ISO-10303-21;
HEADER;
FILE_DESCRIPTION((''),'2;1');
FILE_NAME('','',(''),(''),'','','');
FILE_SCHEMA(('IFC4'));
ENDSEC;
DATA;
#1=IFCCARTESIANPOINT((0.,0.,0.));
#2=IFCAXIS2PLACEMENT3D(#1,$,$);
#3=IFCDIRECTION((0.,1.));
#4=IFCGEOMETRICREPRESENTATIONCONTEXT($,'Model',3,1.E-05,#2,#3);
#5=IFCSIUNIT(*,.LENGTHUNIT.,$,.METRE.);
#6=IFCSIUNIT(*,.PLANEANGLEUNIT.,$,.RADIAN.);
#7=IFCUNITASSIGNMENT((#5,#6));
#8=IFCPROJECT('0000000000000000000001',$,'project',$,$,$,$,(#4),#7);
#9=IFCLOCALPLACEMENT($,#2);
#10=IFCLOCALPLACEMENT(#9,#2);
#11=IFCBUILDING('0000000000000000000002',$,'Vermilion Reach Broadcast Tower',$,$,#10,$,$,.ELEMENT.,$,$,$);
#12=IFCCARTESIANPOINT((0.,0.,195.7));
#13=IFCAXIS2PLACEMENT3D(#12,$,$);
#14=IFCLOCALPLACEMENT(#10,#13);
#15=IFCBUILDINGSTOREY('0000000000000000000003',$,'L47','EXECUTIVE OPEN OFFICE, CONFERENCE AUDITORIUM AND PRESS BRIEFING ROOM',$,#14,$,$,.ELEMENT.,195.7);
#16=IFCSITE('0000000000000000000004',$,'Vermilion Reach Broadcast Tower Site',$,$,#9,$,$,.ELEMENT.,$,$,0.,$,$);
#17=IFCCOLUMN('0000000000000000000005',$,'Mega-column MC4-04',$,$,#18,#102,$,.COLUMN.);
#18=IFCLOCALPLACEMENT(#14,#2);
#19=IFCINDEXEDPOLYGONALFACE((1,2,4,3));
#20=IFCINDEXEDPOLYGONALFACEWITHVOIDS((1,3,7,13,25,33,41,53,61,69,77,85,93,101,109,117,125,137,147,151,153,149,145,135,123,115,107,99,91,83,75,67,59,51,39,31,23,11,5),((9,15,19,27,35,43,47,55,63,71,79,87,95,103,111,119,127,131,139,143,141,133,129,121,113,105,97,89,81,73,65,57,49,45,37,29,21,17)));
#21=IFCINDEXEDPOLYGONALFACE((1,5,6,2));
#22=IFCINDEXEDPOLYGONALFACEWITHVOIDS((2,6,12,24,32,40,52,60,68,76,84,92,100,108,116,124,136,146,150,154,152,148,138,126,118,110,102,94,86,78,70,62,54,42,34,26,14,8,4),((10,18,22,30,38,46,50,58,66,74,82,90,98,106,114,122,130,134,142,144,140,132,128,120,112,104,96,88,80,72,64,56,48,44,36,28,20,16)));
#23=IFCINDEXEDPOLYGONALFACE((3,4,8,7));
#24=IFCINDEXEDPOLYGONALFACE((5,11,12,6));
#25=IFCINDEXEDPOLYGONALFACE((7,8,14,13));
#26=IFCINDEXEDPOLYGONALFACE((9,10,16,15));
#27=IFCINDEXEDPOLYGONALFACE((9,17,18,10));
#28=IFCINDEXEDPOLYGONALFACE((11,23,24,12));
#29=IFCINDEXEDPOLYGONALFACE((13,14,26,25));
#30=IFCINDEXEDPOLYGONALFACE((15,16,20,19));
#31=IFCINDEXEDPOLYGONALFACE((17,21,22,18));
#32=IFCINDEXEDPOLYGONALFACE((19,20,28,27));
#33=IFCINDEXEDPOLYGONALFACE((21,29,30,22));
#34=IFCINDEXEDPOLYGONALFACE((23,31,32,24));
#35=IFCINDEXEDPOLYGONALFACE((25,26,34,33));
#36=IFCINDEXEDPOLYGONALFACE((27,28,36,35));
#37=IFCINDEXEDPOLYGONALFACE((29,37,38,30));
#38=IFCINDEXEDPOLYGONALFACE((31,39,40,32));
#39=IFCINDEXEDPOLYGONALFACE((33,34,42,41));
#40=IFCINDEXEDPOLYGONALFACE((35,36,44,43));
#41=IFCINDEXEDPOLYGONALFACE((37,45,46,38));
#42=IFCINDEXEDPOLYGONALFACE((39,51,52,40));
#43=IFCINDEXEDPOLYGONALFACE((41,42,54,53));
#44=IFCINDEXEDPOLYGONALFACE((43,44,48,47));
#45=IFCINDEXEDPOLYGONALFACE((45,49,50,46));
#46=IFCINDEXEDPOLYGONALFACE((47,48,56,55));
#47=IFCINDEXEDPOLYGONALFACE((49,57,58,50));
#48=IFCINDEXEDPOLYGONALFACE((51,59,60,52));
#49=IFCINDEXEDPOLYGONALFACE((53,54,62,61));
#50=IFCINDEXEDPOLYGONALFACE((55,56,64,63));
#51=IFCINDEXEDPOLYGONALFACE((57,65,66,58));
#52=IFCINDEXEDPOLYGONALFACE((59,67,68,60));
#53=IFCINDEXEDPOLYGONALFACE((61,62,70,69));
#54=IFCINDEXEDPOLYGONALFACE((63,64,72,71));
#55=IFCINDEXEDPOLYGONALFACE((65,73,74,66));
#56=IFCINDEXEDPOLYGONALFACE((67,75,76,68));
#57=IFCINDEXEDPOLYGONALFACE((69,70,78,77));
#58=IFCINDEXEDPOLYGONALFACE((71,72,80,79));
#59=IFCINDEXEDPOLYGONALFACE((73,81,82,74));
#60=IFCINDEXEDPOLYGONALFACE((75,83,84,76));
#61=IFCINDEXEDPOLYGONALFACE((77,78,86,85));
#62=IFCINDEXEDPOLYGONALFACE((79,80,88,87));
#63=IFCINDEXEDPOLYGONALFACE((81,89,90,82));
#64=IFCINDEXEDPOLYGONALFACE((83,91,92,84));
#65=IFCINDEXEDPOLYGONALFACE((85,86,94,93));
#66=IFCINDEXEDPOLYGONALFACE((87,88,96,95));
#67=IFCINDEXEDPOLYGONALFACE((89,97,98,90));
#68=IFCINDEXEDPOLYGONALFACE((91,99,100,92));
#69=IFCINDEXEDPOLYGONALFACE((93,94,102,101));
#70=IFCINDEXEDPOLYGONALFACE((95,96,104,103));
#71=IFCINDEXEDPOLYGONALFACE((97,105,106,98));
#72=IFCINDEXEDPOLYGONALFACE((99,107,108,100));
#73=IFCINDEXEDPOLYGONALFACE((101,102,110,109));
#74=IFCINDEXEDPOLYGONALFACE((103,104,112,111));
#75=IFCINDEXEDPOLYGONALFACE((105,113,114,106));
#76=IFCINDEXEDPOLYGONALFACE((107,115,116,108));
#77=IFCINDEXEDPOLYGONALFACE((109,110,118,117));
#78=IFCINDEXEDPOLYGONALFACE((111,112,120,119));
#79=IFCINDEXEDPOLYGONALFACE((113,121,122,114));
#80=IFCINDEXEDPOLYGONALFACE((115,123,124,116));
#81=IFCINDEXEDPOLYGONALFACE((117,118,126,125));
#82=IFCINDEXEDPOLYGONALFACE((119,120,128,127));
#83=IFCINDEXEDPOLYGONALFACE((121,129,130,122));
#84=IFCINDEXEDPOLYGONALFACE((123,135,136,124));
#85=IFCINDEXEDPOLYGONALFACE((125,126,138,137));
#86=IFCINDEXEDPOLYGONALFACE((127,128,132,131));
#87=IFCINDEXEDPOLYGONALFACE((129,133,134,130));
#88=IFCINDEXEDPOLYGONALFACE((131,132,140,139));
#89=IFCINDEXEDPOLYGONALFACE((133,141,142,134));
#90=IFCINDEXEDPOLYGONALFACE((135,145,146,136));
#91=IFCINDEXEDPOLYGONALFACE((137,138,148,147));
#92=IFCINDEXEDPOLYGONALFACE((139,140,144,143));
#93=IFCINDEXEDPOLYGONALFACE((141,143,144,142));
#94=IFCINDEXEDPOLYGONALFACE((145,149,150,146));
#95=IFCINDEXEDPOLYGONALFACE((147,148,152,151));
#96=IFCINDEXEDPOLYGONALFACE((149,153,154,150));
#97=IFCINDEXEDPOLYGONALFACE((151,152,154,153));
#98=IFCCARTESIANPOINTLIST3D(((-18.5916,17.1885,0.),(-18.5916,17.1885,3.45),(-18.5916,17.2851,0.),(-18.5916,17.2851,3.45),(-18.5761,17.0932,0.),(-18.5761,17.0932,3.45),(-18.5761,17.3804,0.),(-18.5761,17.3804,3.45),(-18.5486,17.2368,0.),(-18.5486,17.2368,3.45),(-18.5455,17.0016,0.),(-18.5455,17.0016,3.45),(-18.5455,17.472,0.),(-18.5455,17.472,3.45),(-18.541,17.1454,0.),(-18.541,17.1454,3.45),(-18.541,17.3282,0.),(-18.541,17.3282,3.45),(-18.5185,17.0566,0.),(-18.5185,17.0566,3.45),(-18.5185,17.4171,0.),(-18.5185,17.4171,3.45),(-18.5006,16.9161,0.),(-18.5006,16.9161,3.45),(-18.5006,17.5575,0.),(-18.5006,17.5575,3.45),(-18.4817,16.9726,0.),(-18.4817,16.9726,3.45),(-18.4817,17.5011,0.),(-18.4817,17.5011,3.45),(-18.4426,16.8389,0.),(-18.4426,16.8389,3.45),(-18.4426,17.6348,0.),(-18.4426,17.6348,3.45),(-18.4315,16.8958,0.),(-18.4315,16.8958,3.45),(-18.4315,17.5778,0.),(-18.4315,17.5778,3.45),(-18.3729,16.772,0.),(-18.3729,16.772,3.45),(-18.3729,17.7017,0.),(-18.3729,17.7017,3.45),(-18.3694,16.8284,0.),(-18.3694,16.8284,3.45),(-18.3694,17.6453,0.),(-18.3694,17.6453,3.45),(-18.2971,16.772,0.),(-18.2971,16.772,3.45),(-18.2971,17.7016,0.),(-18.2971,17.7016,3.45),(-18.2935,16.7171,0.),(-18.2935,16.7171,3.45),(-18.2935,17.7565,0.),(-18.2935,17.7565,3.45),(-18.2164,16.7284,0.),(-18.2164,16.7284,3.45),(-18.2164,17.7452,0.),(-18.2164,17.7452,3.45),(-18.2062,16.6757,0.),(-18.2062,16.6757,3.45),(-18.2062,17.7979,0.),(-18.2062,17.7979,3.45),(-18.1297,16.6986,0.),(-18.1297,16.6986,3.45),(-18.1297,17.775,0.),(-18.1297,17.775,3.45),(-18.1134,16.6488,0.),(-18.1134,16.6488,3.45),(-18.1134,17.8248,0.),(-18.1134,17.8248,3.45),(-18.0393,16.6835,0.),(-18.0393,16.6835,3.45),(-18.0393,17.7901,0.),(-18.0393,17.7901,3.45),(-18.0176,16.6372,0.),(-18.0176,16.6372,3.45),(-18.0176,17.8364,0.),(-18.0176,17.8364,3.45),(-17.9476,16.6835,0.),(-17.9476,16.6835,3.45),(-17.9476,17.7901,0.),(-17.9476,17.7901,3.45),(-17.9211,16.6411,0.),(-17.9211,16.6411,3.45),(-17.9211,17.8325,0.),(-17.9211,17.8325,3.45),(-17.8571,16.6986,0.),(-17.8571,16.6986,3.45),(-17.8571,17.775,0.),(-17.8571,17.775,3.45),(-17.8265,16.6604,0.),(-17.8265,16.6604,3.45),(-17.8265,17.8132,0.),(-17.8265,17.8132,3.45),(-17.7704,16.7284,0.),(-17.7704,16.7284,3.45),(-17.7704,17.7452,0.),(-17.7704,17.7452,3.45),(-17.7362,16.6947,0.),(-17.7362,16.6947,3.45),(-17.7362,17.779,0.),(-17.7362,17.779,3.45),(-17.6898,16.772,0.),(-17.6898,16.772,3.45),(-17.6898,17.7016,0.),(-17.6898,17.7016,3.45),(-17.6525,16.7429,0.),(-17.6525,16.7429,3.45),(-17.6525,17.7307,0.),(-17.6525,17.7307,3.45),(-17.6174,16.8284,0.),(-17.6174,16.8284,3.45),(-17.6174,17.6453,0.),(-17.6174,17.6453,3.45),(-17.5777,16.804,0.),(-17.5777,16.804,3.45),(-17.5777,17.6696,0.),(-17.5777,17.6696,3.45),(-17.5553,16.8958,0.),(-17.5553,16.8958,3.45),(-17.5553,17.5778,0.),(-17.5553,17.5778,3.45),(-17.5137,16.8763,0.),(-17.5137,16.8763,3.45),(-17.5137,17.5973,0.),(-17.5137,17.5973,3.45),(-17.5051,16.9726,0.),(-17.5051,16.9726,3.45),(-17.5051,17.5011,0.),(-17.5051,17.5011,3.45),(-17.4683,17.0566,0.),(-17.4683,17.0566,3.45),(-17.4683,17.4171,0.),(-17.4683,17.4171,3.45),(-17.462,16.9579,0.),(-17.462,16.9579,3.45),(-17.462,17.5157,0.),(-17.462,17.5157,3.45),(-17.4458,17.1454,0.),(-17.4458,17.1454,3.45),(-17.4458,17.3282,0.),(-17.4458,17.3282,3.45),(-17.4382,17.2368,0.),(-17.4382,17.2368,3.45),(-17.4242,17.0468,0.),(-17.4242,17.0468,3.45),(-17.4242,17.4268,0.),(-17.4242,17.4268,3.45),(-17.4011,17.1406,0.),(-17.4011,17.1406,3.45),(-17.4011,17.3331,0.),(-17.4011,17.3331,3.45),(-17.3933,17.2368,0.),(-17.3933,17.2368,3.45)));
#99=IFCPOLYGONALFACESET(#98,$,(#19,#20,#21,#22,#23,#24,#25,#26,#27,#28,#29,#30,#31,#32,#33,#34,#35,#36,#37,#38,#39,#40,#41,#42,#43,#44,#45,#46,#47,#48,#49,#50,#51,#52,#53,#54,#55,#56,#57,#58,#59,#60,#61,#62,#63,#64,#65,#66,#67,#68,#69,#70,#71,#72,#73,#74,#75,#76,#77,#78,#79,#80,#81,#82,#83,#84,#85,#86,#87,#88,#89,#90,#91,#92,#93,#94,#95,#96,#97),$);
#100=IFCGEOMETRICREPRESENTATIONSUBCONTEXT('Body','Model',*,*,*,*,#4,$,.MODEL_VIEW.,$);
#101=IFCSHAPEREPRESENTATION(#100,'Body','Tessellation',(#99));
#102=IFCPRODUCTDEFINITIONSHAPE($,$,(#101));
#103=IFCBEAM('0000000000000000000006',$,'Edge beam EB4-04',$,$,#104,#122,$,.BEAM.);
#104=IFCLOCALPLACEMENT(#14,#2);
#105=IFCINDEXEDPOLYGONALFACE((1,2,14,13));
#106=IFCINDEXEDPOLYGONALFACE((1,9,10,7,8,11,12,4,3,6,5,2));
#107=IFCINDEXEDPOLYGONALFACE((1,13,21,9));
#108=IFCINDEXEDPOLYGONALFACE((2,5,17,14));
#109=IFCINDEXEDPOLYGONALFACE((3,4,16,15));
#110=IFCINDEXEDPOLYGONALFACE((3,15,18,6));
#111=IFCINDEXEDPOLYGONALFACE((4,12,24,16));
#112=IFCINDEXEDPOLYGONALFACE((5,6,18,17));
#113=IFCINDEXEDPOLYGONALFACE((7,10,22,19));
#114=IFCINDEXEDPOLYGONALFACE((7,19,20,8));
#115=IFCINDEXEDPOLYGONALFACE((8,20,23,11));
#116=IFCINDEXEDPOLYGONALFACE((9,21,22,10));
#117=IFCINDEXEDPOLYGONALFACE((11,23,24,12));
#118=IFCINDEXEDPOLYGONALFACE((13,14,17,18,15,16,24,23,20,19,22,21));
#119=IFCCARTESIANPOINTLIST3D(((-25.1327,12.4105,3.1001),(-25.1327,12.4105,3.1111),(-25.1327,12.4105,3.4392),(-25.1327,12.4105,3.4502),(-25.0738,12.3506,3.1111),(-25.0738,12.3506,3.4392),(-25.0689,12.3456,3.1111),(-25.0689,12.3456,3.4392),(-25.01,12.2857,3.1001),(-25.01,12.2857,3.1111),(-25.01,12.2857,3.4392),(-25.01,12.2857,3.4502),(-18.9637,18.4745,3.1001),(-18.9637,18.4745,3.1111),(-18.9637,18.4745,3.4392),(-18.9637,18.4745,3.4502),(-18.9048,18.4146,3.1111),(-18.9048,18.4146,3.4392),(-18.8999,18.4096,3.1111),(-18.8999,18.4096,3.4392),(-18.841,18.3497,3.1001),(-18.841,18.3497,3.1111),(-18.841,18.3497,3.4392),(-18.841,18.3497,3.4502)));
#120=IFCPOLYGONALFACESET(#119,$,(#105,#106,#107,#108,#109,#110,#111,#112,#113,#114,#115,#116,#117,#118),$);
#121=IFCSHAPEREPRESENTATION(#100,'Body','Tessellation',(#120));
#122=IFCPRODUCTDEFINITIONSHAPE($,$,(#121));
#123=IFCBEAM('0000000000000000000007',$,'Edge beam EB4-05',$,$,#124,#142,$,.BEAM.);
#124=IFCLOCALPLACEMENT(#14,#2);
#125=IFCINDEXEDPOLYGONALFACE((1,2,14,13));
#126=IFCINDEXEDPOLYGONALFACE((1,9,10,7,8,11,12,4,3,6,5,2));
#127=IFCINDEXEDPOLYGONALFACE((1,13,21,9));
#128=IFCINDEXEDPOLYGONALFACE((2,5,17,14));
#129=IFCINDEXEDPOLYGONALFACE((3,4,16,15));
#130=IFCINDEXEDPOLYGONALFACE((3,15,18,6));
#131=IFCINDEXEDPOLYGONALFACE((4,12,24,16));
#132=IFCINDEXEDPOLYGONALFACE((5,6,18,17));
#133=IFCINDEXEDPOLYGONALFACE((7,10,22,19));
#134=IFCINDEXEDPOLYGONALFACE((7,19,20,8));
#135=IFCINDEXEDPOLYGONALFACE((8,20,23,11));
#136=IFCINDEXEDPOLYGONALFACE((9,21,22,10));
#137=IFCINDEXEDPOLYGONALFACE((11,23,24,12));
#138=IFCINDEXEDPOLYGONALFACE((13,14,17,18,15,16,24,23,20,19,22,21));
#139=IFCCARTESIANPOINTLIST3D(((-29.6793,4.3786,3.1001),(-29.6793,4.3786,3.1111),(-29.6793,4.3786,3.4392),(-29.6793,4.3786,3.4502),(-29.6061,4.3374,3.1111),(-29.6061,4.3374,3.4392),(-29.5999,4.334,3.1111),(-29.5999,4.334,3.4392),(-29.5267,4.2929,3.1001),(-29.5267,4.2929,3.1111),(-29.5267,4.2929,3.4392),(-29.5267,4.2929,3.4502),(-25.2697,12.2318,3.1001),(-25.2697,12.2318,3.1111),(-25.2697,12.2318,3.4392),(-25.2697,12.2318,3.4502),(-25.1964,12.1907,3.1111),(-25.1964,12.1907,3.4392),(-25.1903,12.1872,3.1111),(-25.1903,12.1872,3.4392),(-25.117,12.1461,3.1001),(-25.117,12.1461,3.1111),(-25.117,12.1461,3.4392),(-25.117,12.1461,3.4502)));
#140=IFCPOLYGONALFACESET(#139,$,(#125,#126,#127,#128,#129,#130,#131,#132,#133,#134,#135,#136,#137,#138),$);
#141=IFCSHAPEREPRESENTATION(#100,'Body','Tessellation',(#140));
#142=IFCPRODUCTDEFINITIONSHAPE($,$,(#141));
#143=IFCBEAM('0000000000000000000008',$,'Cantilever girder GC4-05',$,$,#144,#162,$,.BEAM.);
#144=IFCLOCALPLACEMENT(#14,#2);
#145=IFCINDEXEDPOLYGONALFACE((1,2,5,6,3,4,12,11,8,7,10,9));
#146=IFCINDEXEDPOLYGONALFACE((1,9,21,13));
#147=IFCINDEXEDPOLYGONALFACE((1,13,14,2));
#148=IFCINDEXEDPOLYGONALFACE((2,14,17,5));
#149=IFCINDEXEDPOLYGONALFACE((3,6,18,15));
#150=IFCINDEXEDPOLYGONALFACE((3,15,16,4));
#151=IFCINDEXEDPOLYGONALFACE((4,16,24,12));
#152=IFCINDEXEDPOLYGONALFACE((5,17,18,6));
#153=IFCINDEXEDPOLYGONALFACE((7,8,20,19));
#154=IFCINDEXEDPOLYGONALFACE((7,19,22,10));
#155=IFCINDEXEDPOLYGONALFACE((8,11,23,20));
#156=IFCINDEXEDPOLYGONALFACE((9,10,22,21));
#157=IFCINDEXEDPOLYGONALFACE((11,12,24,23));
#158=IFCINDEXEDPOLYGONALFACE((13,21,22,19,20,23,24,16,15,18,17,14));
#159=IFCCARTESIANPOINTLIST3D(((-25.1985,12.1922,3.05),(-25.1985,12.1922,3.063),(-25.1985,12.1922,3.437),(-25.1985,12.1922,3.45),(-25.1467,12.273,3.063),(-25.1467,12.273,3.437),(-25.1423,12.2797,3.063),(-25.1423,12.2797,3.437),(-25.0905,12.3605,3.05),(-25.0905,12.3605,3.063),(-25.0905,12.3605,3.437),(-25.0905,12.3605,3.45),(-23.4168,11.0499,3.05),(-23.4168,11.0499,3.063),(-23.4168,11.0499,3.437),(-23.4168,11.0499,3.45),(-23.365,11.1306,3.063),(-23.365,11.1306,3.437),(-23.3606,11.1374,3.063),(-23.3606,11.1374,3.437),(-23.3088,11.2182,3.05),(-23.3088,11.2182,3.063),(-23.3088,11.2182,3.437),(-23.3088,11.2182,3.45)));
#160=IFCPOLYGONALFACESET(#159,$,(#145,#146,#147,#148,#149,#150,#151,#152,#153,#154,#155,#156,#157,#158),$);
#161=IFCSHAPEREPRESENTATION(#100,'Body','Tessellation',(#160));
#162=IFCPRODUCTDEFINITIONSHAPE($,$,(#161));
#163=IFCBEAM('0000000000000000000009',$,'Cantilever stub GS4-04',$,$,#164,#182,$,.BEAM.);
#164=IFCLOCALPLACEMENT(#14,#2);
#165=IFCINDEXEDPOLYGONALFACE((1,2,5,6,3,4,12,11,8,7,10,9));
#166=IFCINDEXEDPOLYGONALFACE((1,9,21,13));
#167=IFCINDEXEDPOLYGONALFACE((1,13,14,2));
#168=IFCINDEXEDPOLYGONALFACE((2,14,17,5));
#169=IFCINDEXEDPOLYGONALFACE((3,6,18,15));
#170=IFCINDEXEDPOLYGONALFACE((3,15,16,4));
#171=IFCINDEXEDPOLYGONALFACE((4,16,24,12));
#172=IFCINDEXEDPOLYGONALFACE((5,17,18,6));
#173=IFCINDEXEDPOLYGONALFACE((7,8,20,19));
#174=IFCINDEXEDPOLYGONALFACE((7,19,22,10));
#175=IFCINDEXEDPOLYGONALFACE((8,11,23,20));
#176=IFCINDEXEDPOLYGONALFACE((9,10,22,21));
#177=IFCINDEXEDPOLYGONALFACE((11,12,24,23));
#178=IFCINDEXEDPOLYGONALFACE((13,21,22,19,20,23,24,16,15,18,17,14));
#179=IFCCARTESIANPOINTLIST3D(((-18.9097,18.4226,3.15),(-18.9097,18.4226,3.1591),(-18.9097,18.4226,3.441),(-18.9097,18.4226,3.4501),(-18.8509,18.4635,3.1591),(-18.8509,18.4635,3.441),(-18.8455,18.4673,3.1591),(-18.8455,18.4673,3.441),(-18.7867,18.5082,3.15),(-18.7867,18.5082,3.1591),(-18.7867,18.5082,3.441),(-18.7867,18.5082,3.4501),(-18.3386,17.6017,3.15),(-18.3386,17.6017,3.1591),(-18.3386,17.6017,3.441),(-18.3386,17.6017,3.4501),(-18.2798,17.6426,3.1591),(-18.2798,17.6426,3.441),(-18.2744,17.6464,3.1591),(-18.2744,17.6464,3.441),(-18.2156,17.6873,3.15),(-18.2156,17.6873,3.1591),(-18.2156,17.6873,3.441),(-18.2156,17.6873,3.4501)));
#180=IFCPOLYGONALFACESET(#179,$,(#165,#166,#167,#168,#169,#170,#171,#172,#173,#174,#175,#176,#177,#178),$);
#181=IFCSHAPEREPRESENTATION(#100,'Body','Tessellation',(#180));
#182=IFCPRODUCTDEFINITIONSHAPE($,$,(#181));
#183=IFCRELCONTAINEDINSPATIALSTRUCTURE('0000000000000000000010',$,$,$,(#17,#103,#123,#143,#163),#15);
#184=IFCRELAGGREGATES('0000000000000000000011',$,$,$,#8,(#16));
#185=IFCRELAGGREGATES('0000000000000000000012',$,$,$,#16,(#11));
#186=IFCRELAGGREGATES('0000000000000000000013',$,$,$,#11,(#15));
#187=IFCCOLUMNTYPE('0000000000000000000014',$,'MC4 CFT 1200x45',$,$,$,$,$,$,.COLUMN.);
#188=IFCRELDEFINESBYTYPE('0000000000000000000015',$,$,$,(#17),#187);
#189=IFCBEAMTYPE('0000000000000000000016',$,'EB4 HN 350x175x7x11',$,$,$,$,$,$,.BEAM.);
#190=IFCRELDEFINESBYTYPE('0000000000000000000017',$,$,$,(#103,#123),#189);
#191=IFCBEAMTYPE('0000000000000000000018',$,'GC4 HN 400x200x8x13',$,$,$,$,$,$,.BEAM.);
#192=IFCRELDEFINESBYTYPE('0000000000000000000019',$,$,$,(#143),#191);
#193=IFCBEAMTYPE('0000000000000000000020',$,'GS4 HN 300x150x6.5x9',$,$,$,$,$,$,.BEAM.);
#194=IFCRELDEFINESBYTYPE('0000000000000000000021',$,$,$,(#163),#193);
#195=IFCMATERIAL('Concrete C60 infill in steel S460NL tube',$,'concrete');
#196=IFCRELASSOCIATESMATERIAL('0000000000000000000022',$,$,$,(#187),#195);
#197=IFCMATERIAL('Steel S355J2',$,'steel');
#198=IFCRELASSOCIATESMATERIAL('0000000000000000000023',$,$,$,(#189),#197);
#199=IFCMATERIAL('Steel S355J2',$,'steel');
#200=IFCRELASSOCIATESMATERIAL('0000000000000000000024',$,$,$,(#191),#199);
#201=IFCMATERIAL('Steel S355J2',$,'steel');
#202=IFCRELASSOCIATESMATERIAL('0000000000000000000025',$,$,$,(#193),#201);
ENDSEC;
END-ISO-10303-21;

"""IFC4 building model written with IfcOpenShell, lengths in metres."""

from ifc_helpers import new_model, si_unit, direction, frame, origin, origin_2d, place, context, subcontext, project, spatial, hollow_circle, i_section, extrude, material, material_profile, profile_set, type_object, element, save


model = new_model("IFC4")

# Units and contexts
model_context = context("Model", 3, precision=1e-05, world=origin(), true_north=direction((0.0, 1.0)))
body_context = subcontext(model_context, "Body", "Model", "MODEL_VIEW")
ifc_project = project(units=[si_unit("LENGTHUNIT", "METRE"), si_unit("PLANEANGLEUNIT", "RADIAN")], contexts=[model_context])

# Site, building, storey
site_placement = place(None, origin())
site = spatial("IfcSite", under=ifc_project, at=site_placement, Name="Vermilion Reach Broadcast Tower Site", CompositionType="ELEMENT", RefElevation=0.0)
building_placement = place(site_placement, origin())
building = spatial("IfcBuilding", under=site, at=building_placement, Name="Vermilion Reach Broadcast Tower", CompositionType="ELEMENT")
storey_placement = place(building_placement, frame((0.0, 0.0, 195.7)))
storey = spatial("IfcBuildingStorey", under=building, at=storey_placement, Name="L47", Description="EXECUTIVE OPEN OFFICE, CONFERENCE AUDITORIUM AND PRESS BRIEFING ROOM", CompositionType="ELEMENT", Elevation=195.7)

# Column
ifc_material_1 = material(Name="Concrete C60 infill in steel S460NL tube", Category="concrete")
ifc_material_profile_1 = material_profile(ifc_material_1, hollow_circle(Radius=0.6001, WallThickness=0.0449, at=origin_2d()), Name="Concrete C60 infill in steel S460NL tube CFT 1200x45")
ifc_profile_set_1 = profile_set([ifc_material_profile_1], Name="Concrete C60 infill in steel S460NL tube")
column_type = type_object("IfcColumnType", Name="MC4 CFT 1200x45", PredefinedType="COLUMN", material=ifc_profile_set_1)
column_placement = place(storey_placement, frame((-17.9934, 17.2368, 0.0), z_axis=(0.0, 0.0, 1.0), x_axis=(1.0, 0.0, 0.0)))
element("IfcColumn", 1, at=column_placement, inside=storey, type_object=column_type, Name="Mega-column MC4-04", PredefinedType="COLUMN", context=body_context, shape_type="SweptSolid", body=[
    extrude(hollow_circle(Radius=0.6001, WallThickness=0.0449, at=origin_2d()), origin(), (0.0, 0.0, 1.0), 3.45),
])

# Beams
ifc_material_2 = material(Name="Steel S355J2", Category="steel")
ifc_material_profile_2 = material_profile(ifc_material_2, i_section(OverallWidth=0.175, OverallDepth=0.3501, WebThickness=0.0071, FlangeThickness=0.011, at=origin_2d()), Name="S355J2 HN 350x175x7x11")
ifc_profile_set_2 = profile_set([ifc_material_profile_2], Name="Steel S355J2")
beam_type_1 = type_object("IfcBeamType", Name="EB4 HN 350x175x7x11", PredefinedType="BEAM", material=ifc_profile_set_2)
beam_1_placement = place(storey_placement, frame((-18.9023, 18.4121, 3.2751), z_axis=(-0.713149, -0.701013, 0.0), x_axis=(0.701013, -0.713149, 0.0)))
element("IfcBeam", 2, at=beam_1_placement, inside=storey, type_object=beam_type_1, Name="Edge beam EB4-04", PredefinedType="BEAM", context=body_context, shape_type="SweptSolid", body=[
    extrude(i_section(OverallWidth=0.175, OverallDepth=0.3501, WebThickness=0.0071, FlangeThickness=0.011, at=origin_2d()), origin(), (0.0, 0.0, 1.0), 8.6504),
])
beam_2_placement = place(storey_placement, frame((-25.1934, 12.189, 3.2751), z_axis=(-0.489603, -0.871945, 0.0), x_axis=(0.871945, -0.489603, 0.0)))
element("IfcBeam", 3, at=beam_2_placement, inside=storey, type_object=beam_type_1, Name="Edge beam EB4-05", PredefinedType="BEAM", context=body_context, shape_type="SweptSolid", body=[
    extrude(i_section(OverallWidth=0.175, OverallDepth=0.3501, WebThickness=0.0071, FlangeThickness=0.011, at=origin_2d()), origin(), (0.0, 0.0, 1.0), 9.0066),
])
ifc_material_3 = material(Name="Steel S355J2", Category="steel")
ifc_material_profile_3 = material_profile(ifc_material_3, i_section(OverallWidth=0.2, OverallDepth=0.3999, WebThickness=0.0081, FlangeThickness=0.0129, at=origin_2d()), Name="S355J2 HN 400x200x8x13")
ifc_profile_set_3 = profile_set([ifc_material_profile_3], Name="Steel S355J2")
beam_type_2 = type_object("IfcBeamType", Name="GC4 HN 400x200x8x13", PredefinedType="BEAM", material=ifc_profile_set_3)
beam_3_placement = place(storey_placement, frame((-23.3628, 11.134, 3.25), z_axis=(-0.841837, 0.539731, 0.0), x_axis=(-0.539731, -0.841837, 0.0)))
element("IfcBeam", 4, at=beam_3_placement, inside=storey, type_object=beam_type_2, Name="Cantilever girder GC4-05", PredefinedType="BEAM", context=body_context, shape_type="SweptSolid", body=[
    extrude(i_section(OverallWidth=0.2, OverallDepth=0.3999, WebThickness=0.0081, FlangeThickness=0.0129, at=origin_2d()), origin(), (0.0, 0.0, 1.0), 2.1165),
])
ifc_material_4 = material(Name="Steel S355J2", Category="steel")
ifc_material_profile_4 = material_profile(ifc_material_4, i_section(OverallWidth=0.1499, OverallDepth=0.3, WebThickness=0.0066, FlangeThickness=0.009, at=origin_2d()), Name="S355J2 HN 300x150x6.5x9")
ifc_profile_set_4 = profile_set([ifc_material_profile_4], Name="Steel S355J2")
beam_type_3 = type_object("IfcBeamType", Name="GS4 HN 300x150x6.5x9", PredefinedType="BEAM", material=ifc_profile_set_4)
beam_4_placement = place(storey_placement, frame((-18.2771, 17.6445, 3.3), z_axis=(-0.5711, 0.82088, 0.0), x_axis=(-0.82088, -0.5711, 0.0)))
element("IfcBeam", 5, at=beam_4_placement, inside=storey, type_object=beam_type_3, Name="Cantilever stub GS4-04", PredefinedType="BEAM", context=body_context, shape_type="SweptSolid", body=[
    extrude(i_section(OverallWidth=0.1499, OverallDepth=0.3, WebThickness=0.0066, FlangeThickness=0.009, at=origin_2d()), origin(), (0.0, 0.0, 1.0), 1.0),
])

save(model, "model.ifc")
